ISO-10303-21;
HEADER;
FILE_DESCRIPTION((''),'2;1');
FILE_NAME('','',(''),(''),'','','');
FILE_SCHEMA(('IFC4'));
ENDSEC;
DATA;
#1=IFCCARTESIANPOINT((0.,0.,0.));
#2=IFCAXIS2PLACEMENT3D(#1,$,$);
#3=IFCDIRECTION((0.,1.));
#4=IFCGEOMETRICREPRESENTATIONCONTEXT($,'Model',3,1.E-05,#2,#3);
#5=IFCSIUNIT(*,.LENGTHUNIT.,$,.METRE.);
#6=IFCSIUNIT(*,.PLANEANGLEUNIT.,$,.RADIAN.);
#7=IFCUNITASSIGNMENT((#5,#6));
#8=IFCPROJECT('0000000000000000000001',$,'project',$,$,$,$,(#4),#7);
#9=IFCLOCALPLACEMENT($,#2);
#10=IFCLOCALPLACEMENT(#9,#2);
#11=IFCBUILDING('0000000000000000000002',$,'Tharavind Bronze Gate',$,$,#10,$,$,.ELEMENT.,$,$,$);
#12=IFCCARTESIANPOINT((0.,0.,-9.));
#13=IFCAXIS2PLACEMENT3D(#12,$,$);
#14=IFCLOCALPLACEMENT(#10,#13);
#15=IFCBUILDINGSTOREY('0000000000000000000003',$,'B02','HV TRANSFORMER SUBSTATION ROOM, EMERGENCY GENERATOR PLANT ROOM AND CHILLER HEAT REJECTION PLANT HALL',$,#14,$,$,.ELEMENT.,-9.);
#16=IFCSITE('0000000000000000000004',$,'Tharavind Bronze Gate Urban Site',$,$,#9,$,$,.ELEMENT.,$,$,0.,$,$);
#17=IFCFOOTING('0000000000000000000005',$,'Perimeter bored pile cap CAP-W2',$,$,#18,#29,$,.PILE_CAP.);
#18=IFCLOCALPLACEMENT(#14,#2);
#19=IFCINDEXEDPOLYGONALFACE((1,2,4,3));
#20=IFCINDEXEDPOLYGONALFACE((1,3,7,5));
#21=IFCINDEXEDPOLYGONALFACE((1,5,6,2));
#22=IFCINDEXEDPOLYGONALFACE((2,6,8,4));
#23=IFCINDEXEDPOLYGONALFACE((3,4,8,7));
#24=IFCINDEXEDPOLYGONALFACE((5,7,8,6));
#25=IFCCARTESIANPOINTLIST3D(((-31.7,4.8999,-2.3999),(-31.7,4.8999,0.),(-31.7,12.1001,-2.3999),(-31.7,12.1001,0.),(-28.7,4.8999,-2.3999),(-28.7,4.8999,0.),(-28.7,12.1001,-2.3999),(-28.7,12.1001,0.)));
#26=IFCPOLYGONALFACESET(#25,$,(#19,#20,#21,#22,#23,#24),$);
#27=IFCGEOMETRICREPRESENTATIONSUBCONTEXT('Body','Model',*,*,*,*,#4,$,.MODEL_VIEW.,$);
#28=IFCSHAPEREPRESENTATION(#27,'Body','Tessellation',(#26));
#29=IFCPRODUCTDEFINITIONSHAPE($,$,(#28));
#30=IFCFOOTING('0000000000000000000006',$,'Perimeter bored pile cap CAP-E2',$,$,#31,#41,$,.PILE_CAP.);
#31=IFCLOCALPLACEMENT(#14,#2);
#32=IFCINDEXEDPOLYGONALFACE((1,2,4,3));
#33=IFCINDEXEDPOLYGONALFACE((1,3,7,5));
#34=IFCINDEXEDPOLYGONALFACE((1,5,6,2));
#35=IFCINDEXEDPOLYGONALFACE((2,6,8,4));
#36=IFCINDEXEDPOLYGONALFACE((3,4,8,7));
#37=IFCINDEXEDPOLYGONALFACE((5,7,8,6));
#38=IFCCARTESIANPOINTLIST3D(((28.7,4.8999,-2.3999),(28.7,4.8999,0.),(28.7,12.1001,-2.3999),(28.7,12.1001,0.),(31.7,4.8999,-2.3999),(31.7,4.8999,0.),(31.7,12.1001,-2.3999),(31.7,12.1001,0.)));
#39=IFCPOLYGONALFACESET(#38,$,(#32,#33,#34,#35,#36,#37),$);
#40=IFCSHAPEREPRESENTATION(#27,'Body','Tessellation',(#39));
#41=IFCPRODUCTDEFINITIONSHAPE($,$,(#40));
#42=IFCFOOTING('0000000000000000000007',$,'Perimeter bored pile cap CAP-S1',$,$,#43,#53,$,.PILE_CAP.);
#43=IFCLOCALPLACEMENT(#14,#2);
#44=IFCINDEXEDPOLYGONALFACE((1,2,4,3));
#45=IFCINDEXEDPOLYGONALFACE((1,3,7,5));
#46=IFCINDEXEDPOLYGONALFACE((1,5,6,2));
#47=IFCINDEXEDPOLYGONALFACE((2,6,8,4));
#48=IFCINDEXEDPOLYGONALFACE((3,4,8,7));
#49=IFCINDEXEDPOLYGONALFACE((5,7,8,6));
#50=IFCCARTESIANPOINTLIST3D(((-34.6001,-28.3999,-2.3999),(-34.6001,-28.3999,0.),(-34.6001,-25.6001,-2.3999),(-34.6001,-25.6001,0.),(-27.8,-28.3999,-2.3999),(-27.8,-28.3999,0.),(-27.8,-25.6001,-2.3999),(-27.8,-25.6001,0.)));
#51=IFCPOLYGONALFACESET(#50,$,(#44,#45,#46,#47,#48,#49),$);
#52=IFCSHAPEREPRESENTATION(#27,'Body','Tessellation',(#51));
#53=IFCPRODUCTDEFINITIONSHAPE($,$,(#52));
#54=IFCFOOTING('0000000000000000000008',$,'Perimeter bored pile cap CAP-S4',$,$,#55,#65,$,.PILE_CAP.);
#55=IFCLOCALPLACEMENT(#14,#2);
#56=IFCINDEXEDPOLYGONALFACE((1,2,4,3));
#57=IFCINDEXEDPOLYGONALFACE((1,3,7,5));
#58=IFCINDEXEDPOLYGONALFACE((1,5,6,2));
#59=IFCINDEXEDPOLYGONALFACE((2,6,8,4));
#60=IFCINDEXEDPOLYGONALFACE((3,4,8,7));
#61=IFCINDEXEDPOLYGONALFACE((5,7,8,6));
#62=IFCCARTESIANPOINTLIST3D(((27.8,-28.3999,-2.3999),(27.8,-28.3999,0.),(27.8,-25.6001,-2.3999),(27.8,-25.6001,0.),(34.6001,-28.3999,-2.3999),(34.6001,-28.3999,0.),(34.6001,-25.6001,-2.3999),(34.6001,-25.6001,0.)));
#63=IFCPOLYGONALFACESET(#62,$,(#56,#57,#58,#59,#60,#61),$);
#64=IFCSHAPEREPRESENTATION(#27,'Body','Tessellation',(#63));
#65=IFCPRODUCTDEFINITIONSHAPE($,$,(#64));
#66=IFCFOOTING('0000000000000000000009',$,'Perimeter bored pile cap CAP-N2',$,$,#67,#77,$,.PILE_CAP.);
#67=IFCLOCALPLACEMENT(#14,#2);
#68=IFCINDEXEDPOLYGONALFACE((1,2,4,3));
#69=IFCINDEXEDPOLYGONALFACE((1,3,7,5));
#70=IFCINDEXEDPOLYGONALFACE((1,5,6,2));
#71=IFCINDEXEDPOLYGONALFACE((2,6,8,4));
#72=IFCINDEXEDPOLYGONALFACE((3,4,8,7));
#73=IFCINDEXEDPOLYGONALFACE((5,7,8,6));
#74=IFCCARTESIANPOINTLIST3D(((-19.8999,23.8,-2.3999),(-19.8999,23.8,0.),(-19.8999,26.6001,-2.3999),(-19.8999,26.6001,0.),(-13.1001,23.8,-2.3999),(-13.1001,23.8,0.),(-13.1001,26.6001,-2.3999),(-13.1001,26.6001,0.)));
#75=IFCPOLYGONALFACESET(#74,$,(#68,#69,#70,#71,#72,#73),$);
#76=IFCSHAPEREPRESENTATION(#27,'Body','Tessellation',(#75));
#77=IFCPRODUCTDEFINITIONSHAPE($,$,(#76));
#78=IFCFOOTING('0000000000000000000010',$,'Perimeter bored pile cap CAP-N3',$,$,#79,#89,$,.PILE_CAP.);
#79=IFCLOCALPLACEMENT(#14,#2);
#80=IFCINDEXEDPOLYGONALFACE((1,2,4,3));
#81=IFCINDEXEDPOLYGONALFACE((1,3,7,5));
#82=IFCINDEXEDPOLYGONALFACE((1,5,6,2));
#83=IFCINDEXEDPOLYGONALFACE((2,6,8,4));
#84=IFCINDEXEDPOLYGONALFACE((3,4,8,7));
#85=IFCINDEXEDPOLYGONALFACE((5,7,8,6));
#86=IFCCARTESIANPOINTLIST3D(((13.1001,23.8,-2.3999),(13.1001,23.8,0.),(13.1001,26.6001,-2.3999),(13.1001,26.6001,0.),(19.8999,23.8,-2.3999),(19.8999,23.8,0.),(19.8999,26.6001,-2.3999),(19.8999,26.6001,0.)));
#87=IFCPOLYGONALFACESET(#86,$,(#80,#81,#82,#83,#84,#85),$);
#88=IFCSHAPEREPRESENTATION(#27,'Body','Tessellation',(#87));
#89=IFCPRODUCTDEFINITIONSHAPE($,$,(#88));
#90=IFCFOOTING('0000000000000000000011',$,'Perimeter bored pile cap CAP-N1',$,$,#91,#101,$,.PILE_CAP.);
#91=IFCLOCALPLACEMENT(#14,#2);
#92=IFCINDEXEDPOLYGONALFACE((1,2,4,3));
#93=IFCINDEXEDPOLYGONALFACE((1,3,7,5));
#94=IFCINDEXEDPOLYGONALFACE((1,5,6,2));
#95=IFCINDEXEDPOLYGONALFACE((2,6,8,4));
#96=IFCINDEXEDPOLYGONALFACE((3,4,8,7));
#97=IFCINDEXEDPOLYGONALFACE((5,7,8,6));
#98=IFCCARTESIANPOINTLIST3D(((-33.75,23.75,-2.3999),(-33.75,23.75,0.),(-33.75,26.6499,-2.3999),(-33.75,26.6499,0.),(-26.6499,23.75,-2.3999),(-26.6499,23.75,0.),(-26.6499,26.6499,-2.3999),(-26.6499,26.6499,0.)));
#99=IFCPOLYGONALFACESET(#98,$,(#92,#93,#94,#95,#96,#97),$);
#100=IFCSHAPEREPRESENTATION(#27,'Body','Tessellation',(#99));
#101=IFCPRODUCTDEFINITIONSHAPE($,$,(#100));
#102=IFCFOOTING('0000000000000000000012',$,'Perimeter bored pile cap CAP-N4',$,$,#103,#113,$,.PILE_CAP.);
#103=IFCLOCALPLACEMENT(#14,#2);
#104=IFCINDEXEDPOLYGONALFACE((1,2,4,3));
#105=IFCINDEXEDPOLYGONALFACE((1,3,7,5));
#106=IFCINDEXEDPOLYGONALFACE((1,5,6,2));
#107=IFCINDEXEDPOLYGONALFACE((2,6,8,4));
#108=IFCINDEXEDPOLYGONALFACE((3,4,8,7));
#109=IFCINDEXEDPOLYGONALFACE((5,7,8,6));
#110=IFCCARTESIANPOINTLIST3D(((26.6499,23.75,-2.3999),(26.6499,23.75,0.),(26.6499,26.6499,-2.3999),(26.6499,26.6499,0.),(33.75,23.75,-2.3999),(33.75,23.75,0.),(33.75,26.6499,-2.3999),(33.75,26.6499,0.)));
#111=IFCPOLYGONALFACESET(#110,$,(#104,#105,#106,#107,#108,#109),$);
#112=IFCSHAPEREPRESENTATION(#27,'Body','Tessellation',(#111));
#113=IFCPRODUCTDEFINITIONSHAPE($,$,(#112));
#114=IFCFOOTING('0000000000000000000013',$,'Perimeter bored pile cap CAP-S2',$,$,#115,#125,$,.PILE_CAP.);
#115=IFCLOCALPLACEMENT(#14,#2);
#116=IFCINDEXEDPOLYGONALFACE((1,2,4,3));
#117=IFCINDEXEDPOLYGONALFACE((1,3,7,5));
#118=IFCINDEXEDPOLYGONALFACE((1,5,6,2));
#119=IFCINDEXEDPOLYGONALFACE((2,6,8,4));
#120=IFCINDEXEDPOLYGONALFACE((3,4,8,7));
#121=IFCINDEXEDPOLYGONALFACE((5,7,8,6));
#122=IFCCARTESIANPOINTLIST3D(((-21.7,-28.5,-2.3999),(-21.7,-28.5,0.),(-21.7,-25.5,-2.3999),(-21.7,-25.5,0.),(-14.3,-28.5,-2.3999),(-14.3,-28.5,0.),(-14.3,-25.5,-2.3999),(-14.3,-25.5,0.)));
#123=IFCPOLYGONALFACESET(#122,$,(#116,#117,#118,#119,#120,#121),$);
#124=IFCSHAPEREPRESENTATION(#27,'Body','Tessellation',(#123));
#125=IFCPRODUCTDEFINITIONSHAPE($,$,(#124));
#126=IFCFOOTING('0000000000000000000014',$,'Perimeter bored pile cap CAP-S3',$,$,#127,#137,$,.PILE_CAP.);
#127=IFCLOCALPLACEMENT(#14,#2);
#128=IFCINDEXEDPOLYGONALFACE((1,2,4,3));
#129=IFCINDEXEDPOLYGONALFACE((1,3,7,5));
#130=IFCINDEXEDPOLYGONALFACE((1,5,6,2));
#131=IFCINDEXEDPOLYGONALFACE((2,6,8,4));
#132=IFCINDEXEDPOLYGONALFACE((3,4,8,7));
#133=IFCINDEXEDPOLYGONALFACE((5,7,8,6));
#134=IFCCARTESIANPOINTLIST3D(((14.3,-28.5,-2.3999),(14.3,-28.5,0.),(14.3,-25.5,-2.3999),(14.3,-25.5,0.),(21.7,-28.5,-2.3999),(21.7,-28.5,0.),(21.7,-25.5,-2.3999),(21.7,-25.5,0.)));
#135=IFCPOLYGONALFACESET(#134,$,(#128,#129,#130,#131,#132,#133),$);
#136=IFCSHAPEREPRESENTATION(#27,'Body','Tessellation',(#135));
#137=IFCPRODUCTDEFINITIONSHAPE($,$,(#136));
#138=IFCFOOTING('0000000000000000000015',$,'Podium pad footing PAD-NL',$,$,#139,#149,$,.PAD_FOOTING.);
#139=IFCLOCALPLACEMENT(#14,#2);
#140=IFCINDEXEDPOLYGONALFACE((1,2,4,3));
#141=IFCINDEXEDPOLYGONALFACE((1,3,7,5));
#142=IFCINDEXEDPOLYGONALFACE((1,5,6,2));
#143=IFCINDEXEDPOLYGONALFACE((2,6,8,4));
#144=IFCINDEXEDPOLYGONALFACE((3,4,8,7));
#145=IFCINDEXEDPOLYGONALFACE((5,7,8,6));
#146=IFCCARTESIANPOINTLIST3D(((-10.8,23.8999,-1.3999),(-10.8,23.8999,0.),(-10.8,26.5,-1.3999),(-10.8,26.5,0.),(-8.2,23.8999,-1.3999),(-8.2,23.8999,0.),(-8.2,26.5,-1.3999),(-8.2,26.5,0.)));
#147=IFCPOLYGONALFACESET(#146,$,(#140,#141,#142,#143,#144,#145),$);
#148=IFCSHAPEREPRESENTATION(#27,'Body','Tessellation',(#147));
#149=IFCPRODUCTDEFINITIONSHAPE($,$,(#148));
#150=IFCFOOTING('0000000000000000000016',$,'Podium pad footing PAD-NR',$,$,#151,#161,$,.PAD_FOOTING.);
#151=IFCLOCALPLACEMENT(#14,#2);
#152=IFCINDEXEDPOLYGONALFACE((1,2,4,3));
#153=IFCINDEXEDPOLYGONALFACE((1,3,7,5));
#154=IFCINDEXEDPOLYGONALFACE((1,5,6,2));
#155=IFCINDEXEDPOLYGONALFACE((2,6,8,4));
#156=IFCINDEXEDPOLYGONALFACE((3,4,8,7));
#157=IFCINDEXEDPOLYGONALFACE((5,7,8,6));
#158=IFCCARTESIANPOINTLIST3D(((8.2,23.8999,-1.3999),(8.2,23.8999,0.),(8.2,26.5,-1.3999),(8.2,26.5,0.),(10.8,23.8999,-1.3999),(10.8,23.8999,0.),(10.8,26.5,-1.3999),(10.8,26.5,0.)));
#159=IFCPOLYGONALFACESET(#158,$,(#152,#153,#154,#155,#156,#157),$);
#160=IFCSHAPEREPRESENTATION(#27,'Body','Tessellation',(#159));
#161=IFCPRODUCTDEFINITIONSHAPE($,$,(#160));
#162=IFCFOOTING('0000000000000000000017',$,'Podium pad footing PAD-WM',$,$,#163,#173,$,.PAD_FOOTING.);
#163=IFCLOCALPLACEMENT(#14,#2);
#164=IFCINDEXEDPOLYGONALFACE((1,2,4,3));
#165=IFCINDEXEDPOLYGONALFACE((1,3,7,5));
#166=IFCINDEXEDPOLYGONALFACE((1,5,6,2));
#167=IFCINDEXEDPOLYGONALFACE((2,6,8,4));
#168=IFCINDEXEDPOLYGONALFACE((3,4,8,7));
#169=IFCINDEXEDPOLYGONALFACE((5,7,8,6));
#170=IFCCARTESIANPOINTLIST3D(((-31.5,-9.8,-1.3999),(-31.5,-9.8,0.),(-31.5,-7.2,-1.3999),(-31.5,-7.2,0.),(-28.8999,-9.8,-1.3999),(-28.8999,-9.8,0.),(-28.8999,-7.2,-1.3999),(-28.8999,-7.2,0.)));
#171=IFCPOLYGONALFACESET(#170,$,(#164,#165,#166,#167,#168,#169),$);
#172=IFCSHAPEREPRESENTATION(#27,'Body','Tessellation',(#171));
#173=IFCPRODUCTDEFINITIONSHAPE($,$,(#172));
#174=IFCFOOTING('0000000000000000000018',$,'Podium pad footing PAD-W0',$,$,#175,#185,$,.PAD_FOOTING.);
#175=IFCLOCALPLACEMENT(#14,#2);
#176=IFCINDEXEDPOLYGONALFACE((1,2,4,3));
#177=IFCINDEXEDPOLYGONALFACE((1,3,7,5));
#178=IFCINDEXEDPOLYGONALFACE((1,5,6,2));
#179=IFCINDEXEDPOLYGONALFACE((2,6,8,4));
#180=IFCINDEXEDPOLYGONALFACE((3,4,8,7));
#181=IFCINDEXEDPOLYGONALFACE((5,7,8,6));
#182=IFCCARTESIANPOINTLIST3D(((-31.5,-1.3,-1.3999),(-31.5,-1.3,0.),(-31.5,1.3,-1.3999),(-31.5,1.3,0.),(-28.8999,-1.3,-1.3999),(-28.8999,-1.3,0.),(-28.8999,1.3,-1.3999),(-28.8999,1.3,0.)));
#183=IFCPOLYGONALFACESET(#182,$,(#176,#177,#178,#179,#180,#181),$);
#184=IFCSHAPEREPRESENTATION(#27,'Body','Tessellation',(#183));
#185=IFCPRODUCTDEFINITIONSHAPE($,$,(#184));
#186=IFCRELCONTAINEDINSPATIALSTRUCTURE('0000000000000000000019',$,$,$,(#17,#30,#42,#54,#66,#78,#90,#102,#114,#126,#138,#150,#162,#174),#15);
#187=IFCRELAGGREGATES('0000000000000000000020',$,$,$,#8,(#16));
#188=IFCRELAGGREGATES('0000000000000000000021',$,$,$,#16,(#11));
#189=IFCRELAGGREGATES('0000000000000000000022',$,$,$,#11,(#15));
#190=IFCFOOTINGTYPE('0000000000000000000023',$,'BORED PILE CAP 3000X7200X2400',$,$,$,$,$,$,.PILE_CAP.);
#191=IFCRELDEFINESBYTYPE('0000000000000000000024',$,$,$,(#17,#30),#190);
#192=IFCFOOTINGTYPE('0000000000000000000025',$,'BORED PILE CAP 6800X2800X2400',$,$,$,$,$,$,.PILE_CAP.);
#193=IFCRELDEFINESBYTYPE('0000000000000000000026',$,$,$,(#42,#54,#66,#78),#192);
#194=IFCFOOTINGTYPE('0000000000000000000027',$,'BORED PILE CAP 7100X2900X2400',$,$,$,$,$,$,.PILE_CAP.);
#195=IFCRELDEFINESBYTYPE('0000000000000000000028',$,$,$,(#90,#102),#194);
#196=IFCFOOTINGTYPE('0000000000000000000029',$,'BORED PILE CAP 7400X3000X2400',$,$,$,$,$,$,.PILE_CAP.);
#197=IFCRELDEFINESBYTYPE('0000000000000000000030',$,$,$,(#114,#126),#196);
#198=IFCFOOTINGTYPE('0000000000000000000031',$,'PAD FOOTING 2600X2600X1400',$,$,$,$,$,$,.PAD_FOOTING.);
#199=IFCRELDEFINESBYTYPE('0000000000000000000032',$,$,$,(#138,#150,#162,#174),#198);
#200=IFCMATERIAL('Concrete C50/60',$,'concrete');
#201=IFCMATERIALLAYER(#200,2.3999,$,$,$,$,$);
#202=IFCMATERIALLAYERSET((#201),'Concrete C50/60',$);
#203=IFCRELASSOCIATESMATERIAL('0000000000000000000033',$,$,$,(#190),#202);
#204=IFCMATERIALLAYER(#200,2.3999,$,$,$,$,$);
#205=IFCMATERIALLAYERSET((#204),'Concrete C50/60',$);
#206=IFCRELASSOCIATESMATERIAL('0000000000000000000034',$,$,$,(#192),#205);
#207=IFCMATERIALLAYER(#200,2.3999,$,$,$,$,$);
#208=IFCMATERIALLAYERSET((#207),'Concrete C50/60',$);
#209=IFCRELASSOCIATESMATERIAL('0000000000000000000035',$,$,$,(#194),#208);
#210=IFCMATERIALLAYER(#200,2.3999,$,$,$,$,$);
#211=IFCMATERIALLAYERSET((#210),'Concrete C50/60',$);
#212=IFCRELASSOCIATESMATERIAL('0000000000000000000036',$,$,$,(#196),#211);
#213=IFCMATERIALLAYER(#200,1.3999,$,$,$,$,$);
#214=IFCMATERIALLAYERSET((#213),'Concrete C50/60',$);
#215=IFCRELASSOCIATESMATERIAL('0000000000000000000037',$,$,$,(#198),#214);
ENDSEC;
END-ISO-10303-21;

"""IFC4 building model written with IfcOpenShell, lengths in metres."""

from ifc_helpers import new_model, si_unit, direction, frame, origin, place, context, subcontext, project, spatial, polyline, outline, extrude, material, layer, layer_set, type_object, element, save


model = new_model("IFC4")

# Units and contexts
model_context = context("Model", 3, precision=1e-05, world=origin(), true_north=direction((0.0, 1.0)))
body_context = subcontext(model_context, "Body", "Model", "MODEL_VIEW")
ifc_project = project(units=[si_unit("LENGTHUNIT", "METRE"), si_unit("PLANEANGLEUNIT", "RADIAN")], contexts=[model_context])

# Site, building, storey
site_placement = place(None, origin())
site = spatial("IfcSite", under=ifc_project, at=site_placement, Name="Tharavind Bronze Gate Urban Site", CompositionType="ELEMENT", RefElevation=0.0)
building_placement = place(site_placement, origin())
building = spatial("IfcBuilding", under=site, at=building_placement, Name="Tharavind Bronze Gate", CompositionType="ELEMENT")
storey_placement = place(building_placement, frame((0.0, 0.0, -9.0)))
storey = spatial("IfcBuildingStorey", under=building, at=storey_placement, Name="B02", Description="HV TRANSFORMER SUBSTATION ROOM, EMERGENCY GENERATOR PLANT ROOM AND CHILLER HEAT REJECTION PLANT HALL", CompositionType="ELEMENT", Elevation=-9.0)

# Shared definitions
ifc_material_1 = material(Name="Concrete C50/60", Category="concrete")

# Footings
ifc_layer_1 = layer(ifc_material_1, 2.3999)
ifc_layer_set_1 = layer_set([ifc_layer_1], Name="Concrete C50/60")
footing_type_1 = type_object("IfcFootingType", Name="BORED PILE CAP 3000X7200X2400", PredefinedType="PILE_CAP", material=ifc_layer_set_1)
footing_1_placement = place(storey_placement, frame((0.0, 0.0, -2.3999)))
element("IfcFooting", 1, at=footing_1_placement, inside=storey, type_object=footing_type_1, Name="Perimeter bored pile cap CAP-W2", PredefinedType="PILE_CAP", context=body_context, shape_type="SweptSolid", body=[
    extrude(outline(polyline([(-31.7, 4.8999), (-28.7, 4.8999), (-28.7, 12.1001), (-31.7, 12.1001), (-31.7, 4.8999)])), origin(), (0.0, 0.0, 1.0), 2.3999),
])
footing_2_placement = place(storey_placement, frame((0.0, 0.0, -2.3999)))
element("IfcFooting", 2, at=footing_2_placement, inside=storey, type_object=footing_type_1, Name="Perimeter bored pile cap CAP-E2", PredefinedType="PILE_CAP", context=body_context, shape_type="SweptSolid", body=[
    extrude(outline(polyline([(28.7, 4.8999), (31.7, 4.8999), (31.7, 12.1001), (28.7, 12.1001), (28.7, 4.8999)])), origin(), (0.0, 0.0, 1.0), 2.3999),
])
ifc_layer_2 = layer(ifc_material_1, 2.3999)
ifc_layer_set_2 = layer_set([ifc_layer_2], Name="Concrete C50/60")
footing_type_2 = type_object("IfcFootingType", Name="BORED PILE CAP 6800X2800X2400", PredefinedType="PILE_CAP", material=ifc_layer_set_2)
footing_3_placement = place(storey_placement, frame((0.0, 0.0, -2.3999)))
element("IfcFooting", 3, at=footing_3_placement, inside=storey, type_object=footing_type_2, Name="Perimeter bored pile cap CAP-S1", PredefinedType="PILE_CAP", context=body_context, shape_type="SweptSolid", body=[
    extrude(outline(polyline([(-34.6001, -28.3999), (-27.8, -28.3999), (-27.8, -25.6001), (-34.6001, -25.6001), (-34.6001, -28.3999)])), origin(), (0.0, 0.0, 1.0), 2.3999),
])
footing_4_placement = place(storey_placement, frame((0.0, 0.0, -2.3999)))
element("IfcFooting", 4, at=footing_4_placement, inside=storey, type_object=footing_type_2, Name="Perimeter bored pile cap CAP-S4", PredefinedType="PILE_CAP", context=body_context, shape_type="SweptSolid", body=[
    extrude(outline(polyline([(27.8, -28.3999), (34.6001, -28.3999), (34.6001, -25.6001), (27.8, -25.6001), (27.8, -28.3999)])), origin(), (0.0, 0.0, 1.0), 2.3999),
])
footing_5_placement = place(storey_placement, frame((0.0, 0.0, -2.3999)))
element("IfcFooting", 5, at=footing_5_placement, inside=storey, type_object=footing_type_2, Name="Perimeter bored pile cap CAP-N2", PredefinedType="PILE_CAP", context=body_context, shape_type="SweptSolid", body=[
    extrude(outline(polyline([(-19.8999, 23.8), (-13.1001, 23.8), (-13.1001, 26.6001), (-19.8999, 26.6001), (-19.8999, 23.8)])), origin(), (0.0, 0.0, 1.0), 2.3999),
])
footing_6_placement = place(storey_placement, frame((0.0, 0.0, -2.3999)))
element("IfcFooting", 6, at=footing_6_placement, inside=storey, type_object=footing_type_2, Name="Perimeter bored pile cap CAP-N3", PredefinedType="PILE_CAP", context=body_context, shape_type="SweptSolid", body=[
    extrude(outline(polyline([(13.1001, 23.8), (19.8999, 23.8), (19.8999, 26.6001), (13.1001, 26.6001), (13.1001, 23.8)])), origin(), (0.0, 0.0, 1.0), 2.3999),
])
ifc_layer_3 = layer(ifc_material_1, 2.3999)
ifc_layer_set_3 = layer_set([ifc_layer_3], Name="Concrete C50/60")
footing_type_3 = type_object("IfcFootingType", Name="BORED PILE CAP 7100X2900X2400", PredefinedType="PILE_CAP", material=ifc_layer_set_3)
footing_7_placement = place(storey_placement, frame((0.0, 0.0, -2.3999)))
element("IfcFooting", 7, at=footing_7_placement, inside=storey, type_object=footing_type_3, Name="Perimeter bored pile cap CAP-N1", PredefinedType="PILE_CAP", context=body_context, shape_type="SweptSolid", body=[
    extrude(outline(polyline([(-33.75, 23.75), (-26.6499, 23.75), (-26.6499, 26.6499), (-33.75, 26.6499), (-33.75, 23.75)])), origin(), (0.0, 0.0, 1.0), 2.3999),
])
footing_8_placement = place(storey_placement, frame((0.0, 0.0, -2.3999)))
element("IfcFooting", 8, at=footing_8_placement, inside=storey, type_object=footing_type_3, Name="Perimeter bored pile cap CAP-N4", PredefinedType="PILE_CAP", context=body_context, shape_type="SweptSolid", body=[
    extrude(outline(polyline([(26.6499, 23.75), (33.75, 23.75), (33.75, 26.6499), (26.6499, 26.6499), (26.6499, 23.75)])), origin(), (0.0, 0.0, 1.0), 2.3999),
])
ifc_layer_4 = layer(ifc_material_1, 2.3999)
ifc_layer_set_4 = layer_set([ifc_layer_4], Name="Concrete C50/60")
footing_type_4 = type_object("IfcFootingType", Name="BORED PILE CAP 7400X3000X2400", PredefinedType="PILE_CAP", material=ifc_layer_set_4)
footing_9_placement = place(storey_placement, frame((0.0, 0.0, -2.3999)))
element("IfcFooting", 9, at=footing_9_placement, inside=storey, type_object=footing_type_4, Name="Perimeter bored pile cap CAP-S2", PredefinedType="PILE_CAP", context=body_context, shape_type="SweptSolid", body=[
    extrude(outline(polyline([(-21.7, -28.5), (-14.3, -28.5), (-14.3, -25.5), (-21.7, -25.5), (-21.7, -28.5)])), origin(), (0.0, 0.0, 1.0), 2.3999),
])
footing_10_placement = place(storey_placement, frame((0.0, 0.0, -2.3999)))
element("IfcFooting", 10, at=footing_10_placement, inside=storey, type_object=footing_type_4, Name="Perimeter bored pile cap CAP-S3", PredefinedType="PILE_CAP", context=body_context, shape_type="SweptSolid", body=[
    extrude(outline(polyline([(14.3, -28.5), (21.7, -28.5), (21.7, -25.5), (14.3, -25.5), (14.3, -28.5)])), origin(), (0.0, 0.0, 1.0), 2.3999),
])
ifc_layer_5 = layer(ifc_material_1, 1.3999)
ifc_layer_set_5 = layer_set([ifc_layer_5], Name="Concrete C50/60")
footing_type_5 = type_object("IfcFootingType", Name="PAD FOOTING 2600X2600X1400", PredefinedType="PAD_FOOTING", material=ifc_layer_set_5)
footing_11_placement = place(storey_placement, frame((0.0, 0.0, -1.3999)))
element("IfcFooting", 11, at=footing_11_placement, inside=storey, type_object=footing_type_5, Name="Podium pad footing PAD-NL", PredefinedType="PAD_FOOTING", context=body_context, shape_type="SweptSolid", body=[
    extrude(outline(polyline([(-10.8, 23.8999), (-8.2, 23.8999), (-8.2, 26.5), (-10.8, 26.5), (-10.8, 23.8999)])), origin(), (0.0, 0.0, 1.0), 1.3999),
])
footing_12_placement = place(storey_placement, frame((0.0, 0.0, -1.3999)))
element("IfcFooting", 12, at=footing_12_placement, inside=storey, type_object=footing_type_5, Name="Podium pad footing PAD-NR", PredefinedType="PAD_FOOTING", context=body_context, shape_type="SweptSolid", body=[
    extrude(outline(polyline([(8.2, 23.8999), (10.8, 23.8999), (10.8, 26.5), (8.2, 26.5), (8.2, 23.8999)])), origin(), (0.0, 0.0, 1.0), 1.3999),
])
footing_13_placement = place(storey_placement, frame((0.0, 0.0, -1.3999)))
element("IfcFooting", 13, at=footing_13_placement, inside=storey, type_object=footing_type_5, Name="Podium pad footing PAD-WM", PredefinedType="PAD_FOOTING", context=body_context, shape_type="SweptSolid", body=[
    extrude(outline(polyline([(-31.5, -9.8), (-28.8999, -9.8), (-28.8999, -7.2), (-31.5, -7.2), (-31.5, -9.8)])), origin(), (0.0, 0.0, 1.0), 1.3999),
])
footing_14_placement = place(storey_placement, frame((0.0, 0.0, -1.3999)))
element("IfcFooting", 14, at=footing_14_placement, inside=storey, type_object=footing_type_5, Name="Podium pad footing PAD-W0", PredefinedType="PAD_FOOTING", context=body_context, shape_type="SweptSolid", body=[
    extrude(outline(polyline([(-31.5, -1.3), (-28.8999, -1.3), (-28.8999, 1.3), (-31.5, 1.3), (-31.5, -1.3)])), origin(), (0.0, 0.0, 1.0), 1.3999),
])

save(model, "model.ifc")
